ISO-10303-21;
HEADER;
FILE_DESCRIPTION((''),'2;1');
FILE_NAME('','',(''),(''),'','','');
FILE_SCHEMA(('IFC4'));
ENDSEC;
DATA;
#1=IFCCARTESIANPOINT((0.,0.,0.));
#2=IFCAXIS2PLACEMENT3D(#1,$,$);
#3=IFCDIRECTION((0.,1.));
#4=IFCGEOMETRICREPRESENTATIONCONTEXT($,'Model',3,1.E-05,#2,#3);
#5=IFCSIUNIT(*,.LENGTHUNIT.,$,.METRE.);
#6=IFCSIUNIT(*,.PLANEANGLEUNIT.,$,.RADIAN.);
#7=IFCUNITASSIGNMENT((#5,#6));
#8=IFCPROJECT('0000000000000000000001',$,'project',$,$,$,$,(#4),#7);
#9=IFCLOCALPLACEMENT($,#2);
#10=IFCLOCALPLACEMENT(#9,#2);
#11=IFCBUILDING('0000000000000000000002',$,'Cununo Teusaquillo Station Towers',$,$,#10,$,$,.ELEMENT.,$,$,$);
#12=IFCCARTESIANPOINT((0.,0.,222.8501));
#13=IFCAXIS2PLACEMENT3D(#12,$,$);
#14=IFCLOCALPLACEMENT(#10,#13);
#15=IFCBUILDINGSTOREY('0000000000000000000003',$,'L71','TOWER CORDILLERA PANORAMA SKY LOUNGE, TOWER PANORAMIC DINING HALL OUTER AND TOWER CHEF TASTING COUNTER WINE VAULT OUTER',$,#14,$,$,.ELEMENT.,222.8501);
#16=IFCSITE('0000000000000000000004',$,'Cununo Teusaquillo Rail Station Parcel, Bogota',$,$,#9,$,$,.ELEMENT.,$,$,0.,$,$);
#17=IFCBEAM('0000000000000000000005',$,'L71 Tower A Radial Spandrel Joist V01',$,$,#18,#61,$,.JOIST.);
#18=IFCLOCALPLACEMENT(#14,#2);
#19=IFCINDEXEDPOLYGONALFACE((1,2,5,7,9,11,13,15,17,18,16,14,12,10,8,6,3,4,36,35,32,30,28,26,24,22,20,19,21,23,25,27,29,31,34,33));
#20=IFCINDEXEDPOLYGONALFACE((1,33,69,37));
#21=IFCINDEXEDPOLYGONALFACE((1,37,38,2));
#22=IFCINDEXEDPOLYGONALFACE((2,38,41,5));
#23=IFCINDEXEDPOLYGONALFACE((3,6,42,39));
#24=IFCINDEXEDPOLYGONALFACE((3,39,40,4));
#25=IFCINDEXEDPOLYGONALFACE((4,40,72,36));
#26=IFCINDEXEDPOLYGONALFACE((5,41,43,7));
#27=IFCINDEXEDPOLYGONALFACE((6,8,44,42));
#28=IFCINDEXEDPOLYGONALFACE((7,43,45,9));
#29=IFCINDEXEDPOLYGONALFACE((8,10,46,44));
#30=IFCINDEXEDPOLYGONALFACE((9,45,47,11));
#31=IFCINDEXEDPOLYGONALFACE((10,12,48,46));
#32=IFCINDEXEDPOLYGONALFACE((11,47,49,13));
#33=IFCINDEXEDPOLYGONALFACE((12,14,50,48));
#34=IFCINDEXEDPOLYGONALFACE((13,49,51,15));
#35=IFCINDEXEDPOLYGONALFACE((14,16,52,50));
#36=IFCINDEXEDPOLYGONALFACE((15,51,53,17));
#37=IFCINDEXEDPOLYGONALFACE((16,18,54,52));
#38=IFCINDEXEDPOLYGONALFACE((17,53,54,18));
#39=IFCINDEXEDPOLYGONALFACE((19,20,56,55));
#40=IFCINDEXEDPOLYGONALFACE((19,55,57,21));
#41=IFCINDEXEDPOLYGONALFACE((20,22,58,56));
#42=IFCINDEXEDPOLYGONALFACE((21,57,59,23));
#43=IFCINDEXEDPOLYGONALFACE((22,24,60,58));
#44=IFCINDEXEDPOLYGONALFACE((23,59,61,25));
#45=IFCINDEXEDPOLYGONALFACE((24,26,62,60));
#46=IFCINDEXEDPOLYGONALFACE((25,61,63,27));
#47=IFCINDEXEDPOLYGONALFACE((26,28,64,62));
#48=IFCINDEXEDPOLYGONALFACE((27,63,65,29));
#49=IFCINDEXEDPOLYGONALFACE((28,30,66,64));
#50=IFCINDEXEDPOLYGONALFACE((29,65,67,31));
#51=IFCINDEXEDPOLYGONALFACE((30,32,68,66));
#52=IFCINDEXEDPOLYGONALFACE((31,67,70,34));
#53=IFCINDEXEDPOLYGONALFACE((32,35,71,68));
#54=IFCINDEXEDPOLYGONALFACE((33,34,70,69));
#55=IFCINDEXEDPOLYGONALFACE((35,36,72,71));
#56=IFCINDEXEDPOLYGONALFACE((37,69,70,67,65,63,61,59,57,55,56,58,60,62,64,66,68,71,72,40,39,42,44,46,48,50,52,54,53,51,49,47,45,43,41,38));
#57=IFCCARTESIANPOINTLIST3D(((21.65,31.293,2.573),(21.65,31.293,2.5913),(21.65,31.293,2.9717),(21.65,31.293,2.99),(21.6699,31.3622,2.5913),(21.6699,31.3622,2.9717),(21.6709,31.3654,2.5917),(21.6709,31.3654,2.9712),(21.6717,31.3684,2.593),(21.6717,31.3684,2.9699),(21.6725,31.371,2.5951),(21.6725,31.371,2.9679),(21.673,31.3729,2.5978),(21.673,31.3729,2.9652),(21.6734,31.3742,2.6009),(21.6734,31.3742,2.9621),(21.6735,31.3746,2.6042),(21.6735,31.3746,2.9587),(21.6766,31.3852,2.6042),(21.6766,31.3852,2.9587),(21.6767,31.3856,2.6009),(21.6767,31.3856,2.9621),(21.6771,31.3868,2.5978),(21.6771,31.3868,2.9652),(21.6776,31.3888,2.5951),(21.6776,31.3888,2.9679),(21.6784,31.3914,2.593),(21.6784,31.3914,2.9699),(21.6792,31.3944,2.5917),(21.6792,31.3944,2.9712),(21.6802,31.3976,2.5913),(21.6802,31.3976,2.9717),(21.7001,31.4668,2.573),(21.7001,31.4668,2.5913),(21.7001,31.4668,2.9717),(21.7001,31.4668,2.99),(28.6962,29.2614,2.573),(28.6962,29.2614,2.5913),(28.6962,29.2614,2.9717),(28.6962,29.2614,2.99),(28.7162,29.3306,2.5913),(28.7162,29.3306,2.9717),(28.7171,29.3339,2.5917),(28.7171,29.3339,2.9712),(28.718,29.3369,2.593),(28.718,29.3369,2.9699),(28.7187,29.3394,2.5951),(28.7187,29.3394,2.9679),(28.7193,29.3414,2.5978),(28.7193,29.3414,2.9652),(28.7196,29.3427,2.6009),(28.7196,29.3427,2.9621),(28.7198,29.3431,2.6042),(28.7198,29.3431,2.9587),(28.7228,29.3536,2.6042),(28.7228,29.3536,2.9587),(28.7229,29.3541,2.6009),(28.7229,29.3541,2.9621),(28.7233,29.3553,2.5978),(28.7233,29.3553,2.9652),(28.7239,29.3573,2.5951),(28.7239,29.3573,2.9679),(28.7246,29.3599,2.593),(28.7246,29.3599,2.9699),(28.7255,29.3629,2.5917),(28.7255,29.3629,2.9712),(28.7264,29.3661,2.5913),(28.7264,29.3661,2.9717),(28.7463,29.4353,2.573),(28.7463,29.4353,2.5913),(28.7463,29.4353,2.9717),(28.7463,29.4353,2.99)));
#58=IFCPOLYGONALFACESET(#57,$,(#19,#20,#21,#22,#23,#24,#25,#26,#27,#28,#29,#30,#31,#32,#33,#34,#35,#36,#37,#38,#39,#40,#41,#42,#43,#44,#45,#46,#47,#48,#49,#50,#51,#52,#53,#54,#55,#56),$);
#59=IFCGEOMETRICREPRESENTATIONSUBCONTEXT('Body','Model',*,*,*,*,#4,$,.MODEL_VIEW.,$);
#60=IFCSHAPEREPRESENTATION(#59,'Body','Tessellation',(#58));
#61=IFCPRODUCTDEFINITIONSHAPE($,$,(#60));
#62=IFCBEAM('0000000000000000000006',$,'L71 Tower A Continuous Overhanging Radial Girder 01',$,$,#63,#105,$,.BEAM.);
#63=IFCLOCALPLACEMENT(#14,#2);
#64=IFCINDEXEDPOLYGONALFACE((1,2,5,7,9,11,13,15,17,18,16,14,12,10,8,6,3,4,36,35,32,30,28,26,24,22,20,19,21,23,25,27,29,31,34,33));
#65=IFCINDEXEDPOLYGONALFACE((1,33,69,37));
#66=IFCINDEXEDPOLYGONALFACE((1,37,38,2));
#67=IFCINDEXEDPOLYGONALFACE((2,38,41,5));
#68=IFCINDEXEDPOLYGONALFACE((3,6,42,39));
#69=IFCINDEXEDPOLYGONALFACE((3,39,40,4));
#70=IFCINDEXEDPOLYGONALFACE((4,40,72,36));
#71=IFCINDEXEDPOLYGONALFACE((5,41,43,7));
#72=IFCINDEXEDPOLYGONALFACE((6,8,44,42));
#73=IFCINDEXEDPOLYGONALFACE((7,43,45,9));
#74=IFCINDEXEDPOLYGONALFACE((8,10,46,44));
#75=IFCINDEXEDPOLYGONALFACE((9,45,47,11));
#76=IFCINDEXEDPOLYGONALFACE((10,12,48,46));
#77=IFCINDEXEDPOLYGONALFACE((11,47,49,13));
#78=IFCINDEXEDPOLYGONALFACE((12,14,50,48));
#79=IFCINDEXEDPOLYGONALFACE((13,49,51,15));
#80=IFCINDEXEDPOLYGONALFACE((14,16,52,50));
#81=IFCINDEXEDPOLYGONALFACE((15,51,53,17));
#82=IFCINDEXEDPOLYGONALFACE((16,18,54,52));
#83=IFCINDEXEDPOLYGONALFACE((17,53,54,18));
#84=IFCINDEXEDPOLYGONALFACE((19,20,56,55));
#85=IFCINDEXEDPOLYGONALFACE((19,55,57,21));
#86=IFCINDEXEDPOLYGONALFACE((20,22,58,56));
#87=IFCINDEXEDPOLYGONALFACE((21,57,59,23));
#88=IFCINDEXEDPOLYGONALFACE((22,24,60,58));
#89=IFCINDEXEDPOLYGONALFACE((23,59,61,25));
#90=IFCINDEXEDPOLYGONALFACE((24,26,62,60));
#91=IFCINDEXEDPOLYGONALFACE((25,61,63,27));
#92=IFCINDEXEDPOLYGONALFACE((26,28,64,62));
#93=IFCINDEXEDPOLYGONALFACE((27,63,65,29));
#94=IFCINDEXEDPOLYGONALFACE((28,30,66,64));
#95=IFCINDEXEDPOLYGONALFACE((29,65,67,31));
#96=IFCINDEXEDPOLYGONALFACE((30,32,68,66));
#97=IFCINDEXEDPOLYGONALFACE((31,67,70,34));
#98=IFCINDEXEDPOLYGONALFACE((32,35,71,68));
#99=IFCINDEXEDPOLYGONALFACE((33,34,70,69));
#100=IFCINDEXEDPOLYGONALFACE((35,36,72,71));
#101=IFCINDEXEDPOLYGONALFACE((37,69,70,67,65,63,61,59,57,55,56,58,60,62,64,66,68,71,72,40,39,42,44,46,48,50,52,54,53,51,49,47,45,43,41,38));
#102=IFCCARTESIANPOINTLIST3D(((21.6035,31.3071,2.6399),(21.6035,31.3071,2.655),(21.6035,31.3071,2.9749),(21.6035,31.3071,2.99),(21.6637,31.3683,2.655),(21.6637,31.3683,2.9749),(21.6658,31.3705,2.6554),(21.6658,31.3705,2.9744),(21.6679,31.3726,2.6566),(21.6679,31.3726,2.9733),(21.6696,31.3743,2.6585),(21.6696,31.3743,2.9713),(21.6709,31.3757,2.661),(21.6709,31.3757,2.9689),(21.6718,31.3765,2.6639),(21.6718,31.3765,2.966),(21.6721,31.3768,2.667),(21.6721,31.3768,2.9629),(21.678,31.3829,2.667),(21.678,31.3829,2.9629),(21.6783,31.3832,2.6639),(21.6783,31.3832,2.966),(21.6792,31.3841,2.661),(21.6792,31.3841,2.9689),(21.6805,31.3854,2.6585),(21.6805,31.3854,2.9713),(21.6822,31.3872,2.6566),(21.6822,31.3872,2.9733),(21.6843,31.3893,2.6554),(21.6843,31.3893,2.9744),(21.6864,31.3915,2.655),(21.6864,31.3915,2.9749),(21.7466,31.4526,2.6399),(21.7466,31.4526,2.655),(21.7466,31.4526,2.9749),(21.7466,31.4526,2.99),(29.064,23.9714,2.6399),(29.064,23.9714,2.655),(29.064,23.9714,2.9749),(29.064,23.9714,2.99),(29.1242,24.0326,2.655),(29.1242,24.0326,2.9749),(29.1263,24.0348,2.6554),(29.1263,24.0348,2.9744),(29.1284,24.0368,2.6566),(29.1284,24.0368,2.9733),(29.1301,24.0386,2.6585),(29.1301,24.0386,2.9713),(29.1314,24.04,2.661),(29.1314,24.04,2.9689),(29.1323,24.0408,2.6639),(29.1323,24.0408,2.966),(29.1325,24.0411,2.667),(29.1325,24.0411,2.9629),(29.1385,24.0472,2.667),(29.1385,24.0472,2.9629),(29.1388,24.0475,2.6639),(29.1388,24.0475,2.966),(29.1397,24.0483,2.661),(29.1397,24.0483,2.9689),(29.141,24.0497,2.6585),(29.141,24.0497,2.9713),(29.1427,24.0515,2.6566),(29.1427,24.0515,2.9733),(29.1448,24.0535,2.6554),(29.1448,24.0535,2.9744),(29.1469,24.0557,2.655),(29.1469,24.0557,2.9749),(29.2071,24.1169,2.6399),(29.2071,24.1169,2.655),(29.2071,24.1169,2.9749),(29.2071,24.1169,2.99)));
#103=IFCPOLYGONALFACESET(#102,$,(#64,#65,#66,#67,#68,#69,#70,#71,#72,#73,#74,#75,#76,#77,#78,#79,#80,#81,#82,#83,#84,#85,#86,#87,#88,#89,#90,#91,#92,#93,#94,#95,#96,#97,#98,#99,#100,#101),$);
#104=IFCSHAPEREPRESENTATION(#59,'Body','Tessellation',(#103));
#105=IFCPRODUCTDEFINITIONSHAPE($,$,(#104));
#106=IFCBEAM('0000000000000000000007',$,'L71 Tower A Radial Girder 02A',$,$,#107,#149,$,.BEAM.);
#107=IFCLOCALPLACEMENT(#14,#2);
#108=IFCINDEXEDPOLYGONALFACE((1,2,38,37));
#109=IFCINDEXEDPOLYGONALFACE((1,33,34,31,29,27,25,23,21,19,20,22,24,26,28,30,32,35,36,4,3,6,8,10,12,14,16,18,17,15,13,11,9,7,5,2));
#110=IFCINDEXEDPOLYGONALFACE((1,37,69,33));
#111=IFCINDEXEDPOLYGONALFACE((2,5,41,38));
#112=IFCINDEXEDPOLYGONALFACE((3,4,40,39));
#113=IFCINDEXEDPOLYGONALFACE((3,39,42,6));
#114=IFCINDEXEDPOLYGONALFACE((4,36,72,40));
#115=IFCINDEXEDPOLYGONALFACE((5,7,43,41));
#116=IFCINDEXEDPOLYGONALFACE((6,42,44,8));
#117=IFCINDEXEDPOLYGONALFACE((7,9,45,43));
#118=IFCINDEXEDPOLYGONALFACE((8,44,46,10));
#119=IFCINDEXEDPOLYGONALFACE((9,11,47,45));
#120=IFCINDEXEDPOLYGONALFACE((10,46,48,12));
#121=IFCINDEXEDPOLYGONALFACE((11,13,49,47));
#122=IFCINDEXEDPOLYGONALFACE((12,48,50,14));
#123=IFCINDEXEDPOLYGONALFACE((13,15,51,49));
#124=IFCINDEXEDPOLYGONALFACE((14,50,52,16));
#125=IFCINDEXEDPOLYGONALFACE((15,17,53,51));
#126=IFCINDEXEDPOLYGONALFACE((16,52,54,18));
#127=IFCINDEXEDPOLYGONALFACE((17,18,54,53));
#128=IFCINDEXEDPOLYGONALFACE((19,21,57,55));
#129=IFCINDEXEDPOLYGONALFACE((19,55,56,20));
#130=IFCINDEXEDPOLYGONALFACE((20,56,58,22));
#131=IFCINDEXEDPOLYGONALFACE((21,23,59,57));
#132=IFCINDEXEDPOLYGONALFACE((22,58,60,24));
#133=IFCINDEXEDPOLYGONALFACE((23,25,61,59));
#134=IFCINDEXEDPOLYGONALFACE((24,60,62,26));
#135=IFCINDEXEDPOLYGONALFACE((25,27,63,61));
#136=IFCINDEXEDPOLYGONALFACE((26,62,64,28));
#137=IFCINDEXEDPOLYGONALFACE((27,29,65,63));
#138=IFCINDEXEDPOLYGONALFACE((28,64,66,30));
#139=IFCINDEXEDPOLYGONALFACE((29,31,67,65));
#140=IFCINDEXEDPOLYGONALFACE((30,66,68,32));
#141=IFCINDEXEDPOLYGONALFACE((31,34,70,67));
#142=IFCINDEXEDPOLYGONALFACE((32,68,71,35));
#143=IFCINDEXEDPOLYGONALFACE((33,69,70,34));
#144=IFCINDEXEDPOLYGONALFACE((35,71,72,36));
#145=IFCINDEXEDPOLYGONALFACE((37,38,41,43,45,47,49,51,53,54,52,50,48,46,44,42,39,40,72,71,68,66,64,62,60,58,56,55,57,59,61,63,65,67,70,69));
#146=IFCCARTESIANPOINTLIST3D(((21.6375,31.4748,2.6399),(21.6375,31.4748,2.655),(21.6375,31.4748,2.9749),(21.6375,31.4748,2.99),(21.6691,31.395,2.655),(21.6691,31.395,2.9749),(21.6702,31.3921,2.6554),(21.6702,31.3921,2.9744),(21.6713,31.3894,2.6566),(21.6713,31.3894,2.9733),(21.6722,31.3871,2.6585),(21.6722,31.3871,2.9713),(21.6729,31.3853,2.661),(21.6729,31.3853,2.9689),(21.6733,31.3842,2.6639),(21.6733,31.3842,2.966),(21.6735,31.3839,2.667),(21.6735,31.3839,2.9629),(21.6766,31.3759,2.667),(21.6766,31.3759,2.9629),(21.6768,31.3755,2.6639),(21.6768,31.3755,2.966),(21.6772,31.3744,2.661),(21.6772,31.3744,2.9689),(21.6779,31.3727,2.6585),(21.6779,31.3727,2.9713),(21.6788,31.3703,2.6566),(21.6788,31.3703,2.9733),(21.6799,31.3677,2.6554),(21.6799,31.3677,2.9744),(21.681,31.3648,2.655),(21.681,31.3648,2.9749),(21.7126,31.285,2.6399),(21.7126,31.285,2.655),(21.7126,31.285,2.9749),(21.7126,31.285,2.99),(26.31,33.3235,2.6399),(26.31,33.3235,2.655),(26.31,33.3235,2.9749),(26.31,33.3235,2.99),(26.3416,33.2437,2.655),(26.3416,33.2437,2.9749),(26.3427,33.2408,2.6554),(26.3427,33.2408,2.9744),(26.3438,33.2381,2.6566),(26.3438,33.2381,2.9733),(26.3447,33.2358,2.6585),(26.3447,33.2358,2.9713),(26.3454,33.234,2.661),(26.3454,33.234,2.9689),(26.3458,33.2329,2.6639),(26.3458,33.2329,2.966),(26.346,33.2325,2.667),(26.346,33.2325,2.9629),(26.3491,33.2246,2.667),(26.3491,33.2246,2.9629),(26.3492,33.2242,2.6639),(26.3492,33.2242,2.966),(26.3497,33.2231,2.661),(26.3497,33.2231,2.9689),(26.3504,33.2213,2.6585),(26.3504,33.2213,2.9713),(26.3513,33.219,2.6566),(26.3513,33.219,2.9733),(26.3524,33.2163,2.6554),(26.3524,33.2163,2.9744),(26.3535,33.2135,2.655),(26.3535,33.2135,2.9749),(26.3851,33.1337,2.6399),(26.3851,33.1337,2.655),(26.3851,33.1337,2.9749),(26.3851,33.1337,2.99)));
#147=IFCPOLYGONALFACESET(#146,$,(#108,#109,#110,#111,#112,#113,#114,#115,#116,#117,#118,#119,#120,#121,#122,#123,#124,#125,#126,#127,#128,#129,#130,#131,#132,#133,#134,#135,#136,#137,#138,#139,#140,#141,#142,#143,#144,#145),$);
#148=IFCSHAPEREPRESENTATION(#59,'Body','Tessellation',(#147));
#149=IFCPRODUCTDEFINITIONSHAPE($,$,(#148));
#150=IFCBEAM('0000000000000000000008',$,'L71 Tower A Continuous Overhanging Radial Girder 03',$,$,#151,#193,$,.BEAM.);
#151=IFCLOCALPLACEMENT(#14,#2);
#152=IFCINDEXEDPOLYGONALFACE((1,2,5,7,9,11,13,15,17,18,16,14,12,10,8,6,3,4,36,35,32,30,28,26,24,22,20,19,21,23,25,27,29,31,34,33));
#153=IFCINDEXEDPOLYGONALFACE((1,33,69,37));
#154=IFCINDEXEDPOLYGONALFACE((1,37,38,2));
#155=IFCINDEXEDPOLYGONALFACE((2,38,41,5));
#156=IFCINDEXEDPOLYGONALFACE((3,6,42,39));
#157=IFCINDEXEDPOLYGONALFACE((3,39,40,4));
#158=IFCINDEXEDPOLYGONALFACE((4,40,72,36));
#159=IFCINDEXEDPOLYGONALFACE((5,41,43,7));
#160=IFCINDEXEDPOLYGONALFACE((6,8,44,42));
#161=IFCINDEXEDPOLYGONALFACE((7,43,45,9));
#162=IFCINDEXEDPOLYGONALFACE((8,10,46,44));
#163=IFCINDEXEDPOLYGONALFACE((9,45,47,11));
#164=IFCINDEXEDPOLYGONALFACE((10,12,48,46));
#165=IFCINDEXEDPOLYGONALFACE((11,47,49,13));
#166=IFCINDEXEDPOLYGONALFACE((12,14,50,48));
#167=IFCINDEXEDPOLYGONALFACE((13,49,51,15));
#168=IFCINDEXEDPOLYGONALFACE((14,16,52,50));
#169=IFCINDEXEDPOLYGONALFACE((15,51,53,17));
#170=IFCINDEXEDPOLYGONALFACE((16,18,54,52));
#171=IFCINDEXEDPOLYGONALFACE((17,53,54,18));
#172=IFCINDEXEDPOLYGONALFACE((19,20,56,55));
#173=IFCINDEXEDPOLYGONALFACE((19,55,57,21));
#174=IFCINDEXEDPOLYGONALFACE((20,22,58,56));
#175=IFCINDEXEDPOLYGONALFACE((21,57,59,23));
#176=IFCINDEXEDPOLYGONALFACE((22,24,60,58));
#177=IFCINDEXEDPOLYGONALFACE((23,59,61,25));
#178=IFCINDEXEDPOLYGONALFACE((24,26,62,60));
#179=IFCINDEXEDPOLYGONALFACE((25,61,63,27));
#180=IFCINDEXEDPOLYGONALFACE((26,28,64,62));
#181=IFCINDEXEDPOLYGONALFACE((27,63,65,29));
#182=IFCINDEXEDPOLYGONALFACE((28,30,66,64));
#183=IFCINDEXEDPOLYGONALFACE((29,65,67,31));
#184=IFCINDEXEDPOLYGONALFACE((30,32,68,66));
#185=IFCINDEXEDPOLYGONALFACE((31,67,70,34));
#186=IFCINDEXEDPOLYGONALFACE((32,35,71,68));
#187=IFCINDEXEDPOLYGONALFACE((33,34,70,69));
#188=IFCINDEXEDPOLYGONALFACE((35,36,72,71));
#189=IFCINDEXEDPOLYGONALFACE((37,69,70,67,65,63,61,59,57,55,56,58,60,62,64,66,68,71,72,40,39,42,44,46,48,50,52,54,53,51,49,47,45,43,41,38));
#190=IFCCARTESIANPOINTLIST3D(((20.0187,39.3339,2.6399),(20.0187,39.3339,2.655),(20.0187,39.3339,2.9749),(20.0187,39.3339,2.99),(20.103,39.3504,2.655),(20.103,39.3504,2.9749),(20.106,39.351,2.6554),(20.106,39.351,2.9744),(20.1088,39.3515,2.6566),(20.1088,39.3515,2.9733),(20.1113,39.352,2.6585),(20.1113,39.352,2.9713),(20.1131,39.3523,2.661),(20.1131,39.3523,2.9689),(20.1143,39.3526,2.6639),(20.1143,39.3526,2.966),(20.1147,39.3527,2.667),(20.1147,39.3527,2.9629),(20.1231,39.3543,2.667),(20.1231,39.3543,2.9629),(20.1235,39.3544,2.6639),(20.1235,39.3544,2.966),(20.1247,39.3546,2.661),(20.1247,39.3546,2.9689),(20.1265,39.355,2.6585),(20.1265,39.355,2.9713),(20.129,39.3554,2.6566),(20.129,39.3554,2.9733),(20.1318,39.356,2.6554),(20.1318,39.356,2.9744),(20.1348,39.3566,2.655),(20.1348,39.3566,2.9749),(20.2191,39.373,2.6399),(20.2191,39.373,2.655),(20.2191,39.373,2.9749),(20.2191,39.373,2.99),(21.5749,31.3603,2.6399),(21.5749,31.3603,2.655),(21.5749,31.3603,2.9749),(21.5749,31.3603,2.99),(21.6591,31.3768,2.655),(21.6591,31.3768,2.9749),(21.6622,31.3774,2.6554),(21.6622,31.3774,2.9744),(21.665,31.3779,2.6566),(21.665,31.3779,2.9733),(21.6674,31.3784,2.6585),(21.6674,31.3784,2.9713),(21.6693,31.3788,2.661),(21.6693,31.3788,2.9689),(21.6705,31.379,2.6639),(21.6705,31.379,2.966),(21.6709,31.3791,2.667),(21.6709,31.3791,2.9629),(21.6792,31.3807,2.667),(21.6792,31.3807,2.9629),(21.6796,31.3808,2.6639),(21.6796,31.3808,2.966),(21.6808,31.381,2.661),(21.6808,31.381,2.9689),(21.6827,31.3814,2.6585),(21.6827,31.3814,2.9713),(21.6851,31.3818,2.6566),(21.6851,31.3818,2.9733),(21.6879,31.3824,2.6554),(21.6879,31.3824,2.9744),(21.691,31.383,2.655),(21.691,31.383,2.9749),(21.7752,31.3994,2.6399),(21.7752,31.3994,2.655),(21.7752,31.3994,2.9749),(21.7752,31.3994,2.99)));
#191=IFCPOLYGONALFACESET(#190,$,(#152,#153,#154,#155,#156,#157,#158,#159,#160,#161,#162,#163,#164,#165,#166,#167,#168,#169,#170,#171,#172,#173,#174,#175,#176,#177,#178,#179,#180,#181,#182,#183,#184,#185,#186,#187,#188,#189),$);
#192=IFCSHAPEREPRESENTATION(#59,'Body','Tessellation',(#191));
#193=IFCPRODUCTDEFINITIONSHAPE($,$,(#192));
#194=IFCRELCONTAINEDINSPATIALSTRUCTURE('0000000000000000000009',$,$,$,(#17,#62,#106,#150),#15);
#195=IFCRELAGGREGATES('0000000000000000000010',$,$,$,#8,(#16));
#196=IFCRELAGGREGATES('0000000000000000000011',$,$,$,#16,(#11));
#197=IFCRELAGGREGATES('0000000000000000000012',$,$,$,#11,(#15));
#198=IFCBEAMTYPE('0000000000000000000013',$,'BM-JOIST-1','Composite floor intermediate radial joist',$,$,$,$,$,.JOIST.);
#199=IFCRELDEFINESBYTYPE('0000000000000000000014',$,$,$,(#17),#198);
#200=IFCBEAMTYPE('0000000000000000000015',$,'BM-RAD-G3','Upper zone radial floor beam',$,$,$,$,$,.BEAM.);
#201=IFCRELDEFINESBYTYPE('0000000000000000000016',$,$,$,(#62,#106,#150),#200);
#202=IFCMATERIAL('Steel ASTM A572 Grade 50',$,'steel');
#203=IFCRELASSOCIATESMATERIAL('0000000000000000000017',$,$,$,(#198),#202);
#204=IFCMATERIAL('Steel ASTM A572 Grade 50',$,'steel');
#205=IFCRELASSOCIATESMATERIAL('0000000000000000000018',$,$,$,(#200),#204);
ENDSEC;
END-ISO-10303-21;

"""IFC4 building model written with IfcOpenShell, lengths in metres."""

from ifc_helpers import new_model, si_unit, direction, frame, origin, origin_2d, place, context, subcontext, project, spatial, i_section, extrude, material, material_profile, profile_set, type_object, element, save


model = new_model("IFC4")

# Units and contexts
model_context = context("Model", 3, precision=1e-05, world=origin(), true_north=direction((0.0, 1.0)))
body_context = subcontext(model_context, "Body", "Model", "MODEL_VIEW")
ifc_project = project(units=[si_unit("LENGTHUNIT", "METRE"), si_unit("PLANEANGLEUNIT", "RADIAN")], contexts=[model_context])

# Site, building, storey
site_placement = place(None, origin())
site = spatial("IfcSite", under=ifc_project, at=site_placement, Name="Cununo Teusaquillo Rail Station Parcel, Bogota", CompositionType="ELEMENT", RefElevation=0.0)
building_placement = place(site_placement, origin())
building = spatial("IfcBuilding", under=site, at=building_placement, Name="Cununo Teusaquillo Station Towers", CompositionType="ELEMENT")
storey_placement = place(building_placement, frame((0.0, 0.0, 222.8501)))
storey = spatial("IfcBuildingStorey", under=building, at=storey_placement, Name="L71", Description="TOWER CORDILLERA PANORAMA SKY LOUNGE, TOWER PANORAMIC DINING HALL OUTER AND TOWER CHEF TASTING COUNTER WINE VAULT OUTER", CompositionType="ELEMENT", Elevation=222.8501)

# Beams
ifc_material_1 = material(Name="Steel ASTM A572 Grade 50", Category="steel")
ifc_material_profile_1 = material_profile(ifc_material_1, i_section(OverallWidth=0.1809, OverallDepth=0.417, WebThickness=0.011, FlangeThickness=0.0183, FilletRadius=0.0129, at=origin_2d()), Name="W16X57")
ifc_profile_set_1 = profile_set([ifc_material_profile_1], Name="Steel ASTM A572 Grade 50")
beam_type_1 = type_object("IfcBeamType", Name="BM-JOIST-1", Description="Composite floor intermediate radial joist", PredefinedType="JOIST", material=ifc_profile_set_1)
beam_1_placement = place(storey_placement, frame((21.675, 31.3799, 2.7815), z_axis=(0.960862, -0.277029, 0.0), x_axis=(0.277029, 0.960862, 0.0)))
element("IfcBeam", 1, at=beam_1_placement, inside=storey, type_object=beam_type_1, Name="L71 Tower A Radial Spandrel Joist V01", PredefinedType="JOIST", context=body_context, shape_type="SweptSolid", body=[
    extrude(i_section(OverallWidth=0.1809, OverallDepth=0.417, WebThickness=0.011, FlangeThickness=0.0183, FilletRadius=0.0129, at=origin_2d()), origin(), (0.0, 0.0, 1.0), 7.3333),
])
ifc_material_2 = material(Name="Steel ASTM A572 Grade 50", Category="steel")
ifc_material_profile_2 = material_profile(ifc_material_2, i_section(OverallWidth=0.2041, OverallDepth=0.3501, WebThickness=0.0085, FlangeThickness=0.0151, FilletRadius=0.012, at=origin_2d()), Name="W14X48")
ifc_profile_set_2 = profile_set([ifc_material_profile_2], Name="Steel ASTM A572 Grade 50")
beam_type_2 = type_object("IfcBeamType", Name="BM-RAD-G3", Description="Upper zone radial floor beam", PredefinedType="BEAM", material=ifc_profile_set_2)
beam_2_placement = place(storey_placement, frame((21.675, 31.3799, 2.8149), z_axis=(0.713044, -0.70112, 0.0), x_axis=(0.70112, 0.713044, 0.0)))
element("IfcBeam", 2, at=beam_2_placement, inside=storey, type_object=beam_type_2, Name="L71 Tower A Continuous Overhanging Radial Girder 01", PredefinedType="BEAM", context=body_context, shape_type="SweptSolid", body=[
    extrude(i_section(OverallWidth=0.2041, OverallDepth=0.3501, WebThickness=0.0085, FlangeThickness=0.0151, FilletRadius=0.012, at=origin_2d()), origin(), (0.0, 0.0, 1.0), 10.4629),
])
beam_3_placement = place(storey_placement, frame((21.675, 31.3799, 2.8149), z_axis=(0.929864, 0.367903, 0.0), x_axis=(-0.367903, 0.929864, 0.0)))
element("IfcBeam", 3, at=beam_3_placement, inside=storey, type_object=beam_type_2, Name="L71 Tower A Radial Girder 02A", PredefinedType="BEAM", context=body_context, shape_type="SweptSolid", body=[
    extrude(i_section(OverallWidth=0.2041, OverallDepth=0.3501, WebThickness=0.0085, FlangeThickness=0.0151, FilletRadius=0.012, at=origin_2d()), origin(), (0.0, 0.0, 1.0), 5.0249),
])
beam_4_placement = place(storey_placement, frame((21.675, 31.3799, 2.8149), z_axis=(-0.191548, 0.981483, 0.0), x_axis=(-0.981483, -0.191548, 0.0)))
element("IfcBeam", 4, at=beam_4_placement, inside=storey, type_object=beam_type_2, Name="L71 Tower A Continuous Overhanging Radial Girder 03", PredefinedType="BEAM", context=body_context, shape_type="SweptSolid", body=[
    extrude(i_section(OverallWidth=0.2041, OverallDepth=0.3501, WebThickness=0.0085, FlangeThickness=0.0151, FilletRadius=0.012, at=origin_2d()), origin(), (0.0, 0.0, 1.0), 8.124),
])

save(model, "model.ifc")
